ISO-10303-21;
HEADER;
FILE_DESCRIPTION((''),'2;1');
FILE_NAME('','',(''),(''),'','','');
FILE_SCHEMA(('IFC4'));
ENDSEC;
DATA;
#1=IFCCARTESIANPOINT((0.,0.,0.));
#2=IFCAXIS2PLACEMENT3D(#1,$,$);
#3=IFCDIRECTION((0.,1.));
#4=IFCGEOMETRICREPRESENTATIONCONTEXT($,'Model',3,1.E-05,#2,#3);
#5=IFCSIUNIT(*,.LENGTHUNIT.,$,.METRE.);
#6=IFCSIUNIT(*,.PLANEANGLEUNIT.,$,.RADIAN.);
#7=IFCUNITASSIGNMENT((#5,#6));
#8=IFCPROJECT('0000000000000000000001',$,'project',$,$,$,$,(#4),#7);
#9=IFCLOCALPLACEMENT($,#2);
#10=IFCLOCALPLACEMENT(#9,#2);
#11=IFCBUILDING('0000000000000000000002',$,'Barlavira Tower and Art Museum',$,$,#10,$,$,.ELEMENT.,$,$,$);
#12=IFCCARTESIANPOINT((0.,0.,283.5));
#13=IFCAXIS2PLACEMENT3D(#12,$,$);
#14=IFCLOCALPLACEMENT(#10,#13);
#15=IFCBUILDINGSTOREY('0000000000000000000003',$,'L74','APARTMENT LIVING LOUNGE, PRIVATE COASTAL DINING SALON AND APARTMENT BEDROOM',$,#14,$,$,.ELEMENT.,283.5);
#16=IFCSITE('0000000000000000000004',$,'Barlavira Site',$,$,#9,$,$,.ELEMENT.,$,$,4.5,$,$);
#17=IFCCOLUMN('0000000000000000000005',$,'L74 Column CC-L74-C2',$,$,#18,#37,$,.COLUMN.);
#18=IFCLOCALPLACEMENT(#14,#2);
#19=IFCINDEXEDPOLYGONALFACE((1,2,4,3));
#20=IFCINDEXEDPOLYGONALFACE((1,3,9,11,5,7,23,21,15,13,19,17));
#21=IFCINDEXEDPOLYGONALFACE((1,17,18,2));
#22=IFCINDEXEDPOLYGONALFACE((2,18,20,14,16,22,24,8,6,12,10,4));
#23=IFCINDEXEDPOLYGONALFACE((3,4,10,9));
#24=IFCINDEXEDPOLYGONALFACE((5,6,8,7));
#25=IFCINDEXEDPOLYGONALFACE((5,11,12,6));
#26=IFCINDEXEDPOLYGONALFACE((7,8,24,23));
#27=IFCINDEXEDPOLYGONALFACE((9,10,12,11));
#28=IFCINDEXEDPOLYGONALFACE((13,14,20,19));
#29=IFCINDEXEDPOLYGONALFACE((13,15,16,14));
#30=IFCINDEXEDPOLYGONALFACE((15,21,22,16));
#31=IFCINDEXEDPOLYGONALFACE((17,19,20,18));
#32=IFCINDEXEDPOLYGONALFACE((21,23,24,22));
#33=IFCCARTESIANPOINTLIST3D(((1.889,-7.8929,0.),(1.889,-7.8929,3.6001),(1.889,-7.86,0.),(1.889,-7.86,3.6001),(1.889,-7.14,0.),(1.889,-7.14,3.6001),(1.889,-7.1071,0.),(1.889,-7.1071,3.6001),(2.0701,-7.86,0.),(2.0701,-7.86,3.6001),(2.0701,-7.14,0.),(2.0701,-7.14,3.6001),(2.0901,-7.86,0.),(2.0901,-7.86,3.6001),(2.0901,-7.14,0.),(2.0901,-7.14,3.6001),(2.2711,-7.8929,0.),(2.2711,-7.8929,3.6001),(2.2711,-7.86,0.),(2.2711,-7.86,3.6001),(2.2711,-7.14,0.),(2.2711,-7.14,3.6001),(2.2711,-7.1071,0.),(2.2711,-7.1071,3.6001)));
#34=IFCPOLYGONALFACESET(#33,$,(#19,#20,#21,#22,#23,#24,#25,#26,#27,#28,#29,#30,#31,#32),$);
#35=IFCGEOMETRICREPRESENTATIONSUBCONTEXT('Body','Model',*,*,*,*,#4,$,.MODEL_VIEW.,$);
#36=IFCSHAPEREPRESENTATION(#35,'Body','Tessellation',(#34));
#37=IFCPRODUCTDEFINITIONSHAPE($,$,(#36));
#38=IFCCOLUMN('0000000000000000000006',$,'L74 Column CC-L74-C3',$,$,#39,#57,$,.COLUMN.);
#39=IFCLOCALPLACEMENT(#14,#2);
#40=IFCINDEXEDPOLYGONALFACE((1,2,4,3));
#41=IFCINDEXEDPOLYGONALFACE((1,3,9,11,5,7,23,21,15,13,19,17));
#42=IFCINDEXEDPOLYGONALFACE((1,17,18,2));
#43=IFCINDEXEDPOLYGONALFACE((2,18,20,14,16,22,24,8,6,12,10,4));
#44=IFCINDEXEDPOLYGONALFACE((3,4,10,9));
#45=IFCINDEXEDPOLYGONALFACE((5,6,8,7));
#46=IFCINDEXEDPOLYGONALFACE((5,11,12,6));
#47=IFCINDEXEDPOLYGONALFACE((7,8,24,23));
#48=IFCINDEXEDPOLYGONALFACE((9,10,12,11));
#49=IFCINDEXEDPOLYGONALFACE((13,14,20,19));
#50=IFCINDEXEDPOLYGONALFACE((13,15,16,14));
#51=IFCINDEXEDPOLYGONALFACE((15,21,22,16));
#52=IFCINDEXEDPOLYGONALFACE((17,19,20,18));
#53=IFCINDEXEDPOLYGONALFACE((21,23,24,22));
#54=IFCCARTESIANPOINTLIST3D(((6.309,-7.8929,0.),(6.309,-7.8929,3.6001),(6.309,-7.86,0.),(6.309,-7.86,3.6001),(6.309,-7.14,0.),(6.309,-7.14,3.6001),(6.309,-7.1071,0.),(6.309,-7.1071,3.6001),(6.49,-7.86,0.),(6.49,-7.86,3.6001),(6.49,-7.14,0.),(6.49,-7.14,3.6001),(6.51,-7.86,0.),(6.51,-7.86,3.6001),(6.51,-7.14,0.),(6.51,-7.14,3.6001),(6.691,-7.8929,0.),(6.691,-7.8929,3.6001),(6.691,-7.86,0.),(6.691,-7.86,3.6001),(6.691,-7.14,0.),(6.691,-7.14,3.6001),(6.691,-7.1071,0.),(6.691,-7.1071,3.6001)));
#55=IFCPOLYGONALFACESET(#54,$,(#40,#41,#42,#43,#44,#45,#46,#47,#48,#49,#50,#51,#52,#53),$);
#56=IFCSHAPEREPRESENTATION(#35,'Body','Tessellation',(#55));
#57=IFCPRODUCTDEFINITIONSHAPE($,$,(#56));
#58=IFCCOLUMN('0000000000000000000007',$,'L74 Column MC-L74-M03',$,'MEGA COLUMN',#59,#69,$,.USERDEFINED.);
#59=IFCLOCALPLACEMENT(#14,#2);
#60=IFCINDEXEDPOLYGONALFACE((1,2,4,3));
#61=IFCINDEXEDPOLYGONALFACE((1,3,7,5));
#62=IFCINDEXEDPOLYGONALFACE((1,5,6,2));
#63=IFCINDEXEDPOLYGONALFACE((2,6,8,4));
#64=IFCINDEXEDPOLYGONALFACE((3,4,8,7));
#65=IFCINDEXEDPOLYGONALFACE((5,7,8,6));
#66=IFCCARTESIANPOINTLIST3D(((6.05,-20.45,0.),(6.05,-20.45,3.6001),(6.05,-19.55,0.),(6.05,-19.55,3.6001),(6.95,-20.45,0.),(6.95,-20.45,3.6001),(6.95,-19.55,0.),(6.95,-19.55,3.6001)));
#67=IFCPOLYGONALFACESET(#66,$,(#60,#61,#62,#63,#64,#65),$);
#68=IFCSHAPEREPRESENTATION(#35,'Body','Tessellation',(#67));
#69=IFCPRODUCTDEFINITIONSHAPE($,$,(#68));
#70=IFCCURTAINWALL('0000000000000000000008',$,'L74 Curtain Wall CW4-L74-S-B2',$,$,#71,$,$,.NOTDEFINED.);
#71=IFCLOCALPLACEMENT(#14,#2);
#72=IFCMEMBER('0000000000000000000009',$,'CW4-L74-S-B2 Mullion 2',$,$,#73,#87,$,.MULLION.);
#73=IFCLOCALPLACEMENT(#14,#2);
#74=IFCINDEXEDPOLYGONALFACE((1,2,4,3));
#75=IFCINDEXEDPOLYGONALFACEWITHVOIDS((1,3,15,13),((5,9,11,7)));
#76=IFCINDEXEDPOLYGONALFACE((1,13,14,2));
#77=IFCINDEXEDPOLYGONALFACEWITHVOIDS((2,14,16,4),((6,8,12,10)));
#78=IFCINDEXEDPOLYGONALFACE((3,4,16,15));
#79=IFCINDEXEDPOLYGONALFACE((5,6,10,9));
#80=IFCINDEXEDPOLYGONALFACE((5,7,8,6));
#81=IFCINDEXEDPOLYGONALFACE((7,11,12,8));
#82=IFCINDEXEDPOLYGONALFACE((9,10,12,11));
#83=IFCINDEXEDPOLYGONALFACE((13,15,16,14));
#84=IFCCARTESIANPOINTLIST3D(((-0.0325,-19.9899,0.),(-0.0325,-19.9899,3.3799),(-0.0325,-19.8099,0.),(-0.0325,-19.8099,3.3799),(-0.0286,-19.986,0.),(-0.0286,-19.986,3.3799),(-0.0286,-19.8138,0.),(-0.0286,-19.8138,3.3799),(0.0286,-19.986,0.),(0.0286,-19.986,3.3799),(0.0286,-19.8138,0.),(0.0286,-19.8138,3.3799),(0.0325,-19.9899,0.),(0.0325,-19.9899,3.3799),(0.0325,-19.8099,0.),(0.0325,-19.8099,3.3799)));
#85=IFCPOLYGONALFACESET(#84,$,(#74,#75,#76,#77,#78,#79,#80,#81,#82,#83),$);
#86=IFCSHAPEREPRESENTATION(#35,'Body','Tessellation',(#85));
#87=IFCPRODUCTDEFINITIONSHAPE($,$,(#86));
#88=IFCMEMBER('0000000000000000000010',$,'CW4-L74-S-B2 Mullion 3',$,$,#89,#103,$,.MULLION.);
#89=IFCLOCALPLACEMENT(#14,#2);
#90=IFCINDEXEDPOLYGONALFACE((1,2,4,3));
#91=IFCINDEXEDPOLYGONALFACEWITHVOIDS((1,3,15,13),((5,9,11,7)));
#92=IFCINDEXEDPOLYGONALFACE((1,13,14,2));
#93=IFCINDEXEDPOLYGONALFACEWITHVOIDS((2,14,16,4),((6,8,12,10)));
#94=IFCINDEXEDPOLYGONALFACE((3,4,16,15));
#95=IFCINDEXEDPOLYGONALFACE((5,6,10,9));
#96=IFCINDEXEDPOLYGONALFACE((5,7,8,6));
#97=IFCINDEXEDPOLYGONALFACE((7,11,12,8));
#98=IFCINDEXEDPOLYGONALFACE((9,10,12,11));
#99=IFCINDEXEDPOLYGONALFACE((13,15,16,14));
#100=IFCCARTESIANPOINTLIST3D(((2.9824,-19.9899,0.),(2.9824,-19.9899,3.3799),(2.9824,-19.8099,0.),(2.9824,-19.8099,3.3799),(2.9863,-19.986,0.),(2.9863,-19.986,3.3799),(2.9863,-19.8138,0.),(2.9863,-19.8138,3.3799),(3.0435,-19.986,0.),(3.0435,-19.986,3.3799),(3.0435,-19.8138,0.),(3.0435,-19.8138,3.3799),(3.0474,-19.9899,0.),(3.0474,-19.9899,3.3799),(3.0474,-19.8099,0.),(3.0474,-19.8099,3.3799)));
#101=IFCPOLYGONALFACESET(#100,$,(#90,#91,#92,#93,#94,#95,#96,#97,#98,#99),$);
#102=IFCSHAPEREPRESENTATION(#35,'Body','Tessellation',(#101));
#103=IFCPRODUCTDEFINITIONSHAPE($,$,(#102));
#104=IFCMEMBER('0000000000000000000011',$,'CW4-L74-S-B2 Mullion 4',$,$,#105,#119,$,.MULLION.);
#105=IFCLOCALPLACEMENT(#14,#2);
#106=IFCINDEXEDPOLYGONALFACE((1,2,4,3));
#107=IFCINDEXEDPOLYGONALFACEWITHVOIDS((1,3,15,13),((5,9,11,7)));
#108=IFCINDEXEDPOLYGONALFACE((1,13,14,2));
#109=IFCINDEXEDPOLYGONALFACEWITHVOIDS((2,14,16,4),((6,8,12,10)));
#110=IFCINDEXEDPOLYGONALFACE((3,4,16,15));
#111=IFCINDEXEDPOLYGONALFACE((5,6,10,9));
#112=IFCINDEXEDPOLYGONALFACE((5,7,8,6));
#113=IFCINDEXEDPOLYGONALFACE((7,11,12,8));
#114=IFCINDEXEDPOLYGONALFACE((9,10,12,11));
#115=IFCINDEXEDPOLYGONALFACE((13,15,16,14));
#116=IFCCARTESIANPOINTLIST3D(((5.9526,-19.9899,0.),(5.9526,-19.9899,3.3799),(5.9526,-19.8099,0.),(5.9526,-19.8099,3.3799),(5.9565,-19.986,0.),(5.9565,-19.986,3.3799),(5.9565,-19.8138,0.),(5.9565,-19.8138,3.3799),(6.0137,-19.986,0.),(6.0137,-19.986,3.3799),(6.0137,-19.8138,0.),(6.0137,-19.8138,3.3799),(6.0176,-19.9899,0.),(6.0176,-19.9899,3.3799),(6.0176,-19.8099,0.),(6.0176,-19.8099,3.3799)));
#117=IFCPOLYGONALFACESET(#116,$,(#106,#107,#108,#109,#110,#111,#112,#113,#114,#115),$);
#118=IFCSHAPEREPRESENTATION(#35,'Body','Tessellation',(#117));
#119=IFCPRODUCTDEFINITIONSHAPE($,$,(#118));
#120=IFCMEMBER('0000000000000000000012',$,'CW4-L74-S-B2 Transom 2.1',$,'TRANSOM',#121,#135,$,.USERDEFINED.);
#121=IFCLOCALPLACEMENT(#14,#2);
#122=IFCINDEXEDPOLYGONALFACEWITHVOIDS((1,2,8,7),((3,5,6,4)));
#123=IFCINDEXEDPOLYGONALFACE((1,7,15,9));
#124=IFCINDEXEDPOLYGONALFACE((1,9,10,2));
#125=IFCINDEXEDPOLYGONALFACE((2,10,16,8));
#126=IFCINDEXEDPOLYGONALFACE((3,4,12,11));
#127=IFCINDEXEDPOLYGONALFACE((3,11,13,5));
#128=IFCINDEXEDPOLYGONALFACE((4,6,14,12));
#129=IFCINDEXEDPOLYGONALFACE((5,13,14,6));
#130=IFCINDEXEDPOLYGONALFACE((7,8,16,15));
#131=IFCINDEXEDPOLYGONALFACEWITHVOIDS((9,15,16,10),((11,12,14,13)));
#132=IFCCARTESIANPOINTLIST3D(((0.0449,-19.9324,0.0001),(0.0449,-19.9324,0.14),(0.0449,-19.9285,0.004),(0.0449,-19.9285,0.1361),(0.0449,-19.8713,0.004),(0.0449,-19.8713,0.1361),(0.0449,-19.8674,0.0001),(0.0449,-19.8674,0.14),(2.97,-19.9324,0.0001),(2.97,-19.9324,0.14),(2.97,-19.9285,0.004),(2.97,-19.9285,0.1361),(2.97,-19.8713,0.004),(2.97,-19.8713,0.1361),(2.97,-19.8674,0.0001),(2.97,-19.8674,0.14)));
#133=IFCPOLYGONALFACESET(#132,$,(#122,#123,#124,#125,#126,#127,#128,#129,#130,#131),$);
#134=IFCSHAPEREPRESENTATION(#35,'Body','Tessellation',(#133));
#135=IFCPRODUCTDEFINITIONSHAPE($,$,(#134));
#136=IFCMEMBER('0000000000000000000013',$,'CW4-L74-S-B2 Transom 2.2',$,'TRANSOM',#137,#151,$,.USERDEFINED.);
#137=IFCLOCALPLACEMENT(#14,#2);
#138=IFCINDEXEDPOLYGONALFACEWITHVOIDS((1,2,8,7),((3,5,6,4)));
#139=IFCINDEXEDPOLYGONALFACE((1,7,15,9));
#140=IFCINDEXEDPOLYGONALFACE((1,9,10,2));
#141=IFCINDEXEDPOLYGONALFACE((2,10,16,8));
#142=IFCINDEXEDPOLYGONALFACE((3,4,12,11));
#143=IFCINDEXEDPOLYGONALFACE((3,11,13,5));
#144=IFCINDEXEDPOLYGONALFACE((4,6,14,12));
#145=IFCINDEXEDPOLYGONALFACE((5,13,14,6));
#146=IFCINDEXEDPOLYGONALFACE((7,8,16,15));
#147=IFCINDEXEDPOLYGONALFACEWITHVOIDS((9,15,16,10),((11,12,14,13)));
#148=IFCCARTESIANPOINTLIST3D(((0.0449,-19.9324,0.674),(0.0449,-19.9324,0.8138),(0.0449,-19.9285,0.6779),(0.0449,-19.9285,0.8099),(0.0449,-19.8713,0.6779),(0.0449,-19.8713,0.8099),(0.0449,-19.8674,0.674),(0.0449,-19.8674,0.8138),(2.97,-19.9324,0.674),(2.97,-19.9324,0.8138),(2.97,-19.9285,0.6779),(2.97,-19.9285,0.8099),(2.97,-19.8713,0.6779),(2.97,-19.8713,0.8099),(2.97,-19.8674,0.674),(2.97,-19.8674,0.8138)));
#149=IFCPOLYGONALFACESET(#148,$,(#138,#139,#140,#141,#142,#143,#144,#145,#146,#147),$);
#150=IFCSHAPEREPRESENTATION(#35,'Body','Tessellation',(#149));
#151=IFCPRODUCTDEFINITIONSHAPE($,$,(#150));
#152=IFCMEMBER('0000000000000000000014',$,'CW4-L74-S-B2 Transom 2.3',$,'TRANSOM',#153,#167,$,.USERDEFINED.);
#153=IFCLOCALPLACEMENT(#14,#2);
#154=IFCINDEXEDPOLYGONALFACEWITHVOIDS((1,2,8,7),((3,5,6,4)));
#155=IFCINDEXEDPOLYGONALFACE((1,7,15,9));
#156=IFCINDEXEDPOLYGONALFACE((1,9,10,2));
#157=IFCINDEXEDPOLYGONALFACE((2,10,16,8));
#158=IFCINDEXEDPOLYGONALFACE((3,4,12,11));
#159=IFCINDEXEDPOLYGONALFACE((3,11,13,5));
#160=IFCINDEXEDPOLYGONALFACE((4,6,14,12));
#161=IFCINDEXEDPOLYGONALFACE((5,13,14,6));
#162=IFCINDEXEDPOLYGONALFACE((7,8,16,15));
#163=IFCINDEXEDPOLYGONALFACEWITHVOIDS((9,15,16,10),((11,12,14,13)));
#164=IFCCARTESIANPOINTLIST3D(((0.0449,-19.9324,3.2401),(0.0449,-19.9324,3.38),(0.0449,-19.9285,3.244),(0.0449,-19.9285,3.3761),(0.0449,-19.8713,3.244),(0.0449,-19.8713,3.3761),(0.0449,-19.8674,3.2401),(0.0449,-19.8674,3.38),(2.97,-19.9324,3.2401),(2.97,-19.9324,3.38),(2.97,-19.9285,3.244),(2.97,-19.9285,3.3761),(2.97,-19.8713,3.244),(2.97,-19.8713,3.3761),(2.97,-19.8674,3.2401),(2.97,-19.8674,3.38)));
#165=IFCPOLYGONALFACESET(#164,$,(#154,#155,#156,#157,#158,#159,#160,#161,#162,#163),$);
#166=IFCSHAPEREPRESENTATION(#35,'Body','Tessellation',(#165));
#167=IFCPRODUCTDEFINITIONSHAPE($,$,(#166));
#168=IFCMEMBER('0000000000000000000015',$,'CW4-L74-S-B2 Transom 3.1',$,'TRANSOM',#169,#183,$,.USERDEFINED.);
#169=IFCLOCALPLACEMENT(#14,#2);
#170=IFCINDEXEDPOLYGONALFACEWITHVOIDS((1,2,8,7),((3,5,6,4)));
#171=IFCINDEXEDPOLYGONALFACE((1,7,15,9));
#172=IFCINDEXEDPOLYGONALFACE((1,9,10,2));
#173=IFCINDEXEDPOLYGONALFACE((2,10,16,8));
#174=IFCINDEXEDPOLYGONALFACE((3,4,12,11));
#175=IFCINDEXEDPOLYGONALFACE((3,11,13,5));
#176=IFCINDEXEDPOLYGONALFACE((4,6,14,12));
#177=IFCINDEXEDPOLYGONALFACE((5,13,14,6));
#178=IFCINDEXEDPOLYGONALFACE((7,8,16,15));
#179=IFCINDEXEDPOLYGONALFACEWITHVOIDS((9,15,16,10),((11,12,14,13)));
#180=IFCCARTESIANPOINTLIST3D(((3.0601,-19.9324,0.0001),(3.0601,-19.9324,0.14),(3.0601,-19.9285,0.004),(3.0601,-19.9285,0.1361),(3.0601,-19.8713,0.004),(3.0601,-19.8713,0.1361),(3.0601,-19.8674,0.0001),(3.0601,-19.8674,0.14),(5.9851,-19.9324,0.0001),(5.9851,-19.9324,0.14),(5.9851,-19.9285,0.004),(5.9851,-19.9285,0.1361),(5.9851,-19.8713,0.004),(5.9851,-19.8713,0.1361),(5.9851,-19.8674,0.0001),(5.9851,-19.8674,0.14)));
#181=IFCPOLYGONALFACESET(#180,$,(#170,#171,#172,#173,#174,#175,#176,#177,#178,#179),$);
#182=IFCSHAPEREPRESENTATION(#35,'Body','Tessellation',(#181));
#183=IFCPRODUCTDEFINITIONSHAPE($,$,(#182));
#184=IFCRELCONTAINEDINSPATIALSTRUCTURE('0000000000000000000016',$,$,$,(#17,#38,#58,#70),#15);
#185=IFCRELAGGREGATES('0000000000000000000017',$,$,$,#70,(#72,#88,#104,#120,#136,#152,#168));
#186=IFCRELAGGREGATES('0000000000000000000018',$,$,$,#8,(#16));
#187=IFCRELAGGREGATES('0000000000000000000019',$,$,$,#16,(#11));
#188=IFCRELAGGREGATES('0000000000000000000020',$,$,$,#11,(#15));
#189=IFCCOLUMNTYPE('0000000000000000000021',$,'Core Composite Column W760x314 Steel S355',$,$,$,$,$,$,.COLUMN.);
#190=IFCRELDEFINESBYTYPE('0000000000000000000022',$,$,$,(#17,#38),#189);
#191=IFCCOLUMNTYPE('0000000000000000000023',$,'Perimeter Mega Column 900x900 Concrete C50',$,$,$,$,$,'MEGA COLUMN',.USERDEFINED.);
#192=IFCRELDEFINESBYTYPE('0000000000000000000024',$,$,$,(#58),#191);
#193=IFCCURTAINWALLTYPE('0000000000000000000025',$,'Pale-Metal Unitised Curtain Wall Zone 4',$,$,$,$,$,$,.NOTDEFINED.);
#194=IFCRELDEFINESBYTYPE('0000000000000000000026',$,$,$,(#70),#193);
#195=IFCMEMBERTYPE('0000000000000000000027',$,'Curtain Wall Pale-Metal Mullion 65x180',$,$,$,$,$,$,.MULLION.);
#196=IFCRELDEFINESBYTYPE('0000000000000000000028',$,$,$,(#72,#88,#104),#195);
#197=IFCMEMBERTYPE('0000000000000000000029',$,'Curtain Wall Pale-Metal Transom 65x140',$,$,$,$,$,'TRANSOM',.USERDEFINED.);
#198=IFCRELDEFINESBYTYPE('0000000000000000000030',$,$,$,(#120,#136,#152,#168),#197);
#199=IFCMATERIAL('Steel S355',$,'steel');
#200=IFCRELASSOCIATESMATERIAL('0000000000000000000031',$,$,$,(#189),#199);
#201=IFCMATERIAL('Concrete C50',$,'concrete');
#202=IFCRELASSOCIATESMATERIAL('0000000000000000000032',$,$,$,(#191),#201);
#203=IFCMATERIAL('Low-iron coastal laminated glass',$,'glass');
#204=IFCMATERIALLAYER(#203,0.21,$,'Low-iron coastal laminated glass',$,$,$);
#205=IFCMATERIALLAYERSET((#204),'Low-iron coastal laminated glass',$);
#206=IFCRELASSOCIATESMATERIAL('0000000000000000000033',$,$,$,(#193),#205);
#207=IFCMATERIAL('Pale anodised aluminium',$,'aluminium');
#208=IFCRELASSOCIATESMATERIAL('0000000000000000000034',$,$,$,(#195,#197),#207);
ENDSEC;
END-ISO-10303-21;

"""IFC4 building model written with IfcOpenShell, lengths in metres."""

from ifc_helpers import new_model, si_unit, direction, frame, origin, origin_2d, place, context, subcontext, project, spatial, rectangle, hollow_rectangle, i_section, extrude, material, layer, layer_set, material_profile, profile_set, type_object, element, aggregate, save


model = new_model("IFC4")

# Units and contexts
model_context = context("Model", 3, precision=1e-05, world=origin(), true_north=direction((0.0, 1.0)))
body_context = subcontext(model_context, "Body", "Model", "MODEL_VIEW")
ifc_project = project(units=[si_unit("LENGTHUNIT", "METRE"), si_unit("PLANEANGLEUNIT", "RADIAN")], contexts=[model_context])

# Site, building, storey
site_placement = place(None, origin())
site = spatial("IfcSite", under=ifc_project, at=site_placement, Name="Barlavira Site", CompositionType="ELEMENT", RefElevation=4.5)
building_placement = place(site_placement, origin())
building = spatial("IfcBuilding", under=site, at=building_placement, Name="Barlavira Tower and Art Museum", CompositionType="ELEMENT")
storey_placement = place(building_placement, frame((0.0, 0.0, 283.5)))
storey = spatial("IfcBuildingStorey", under=building, at=storey_placement, Name="L74", Description="APARTMENT LIVING LOUNGE, PRIVATE COASTAL DINING SALON AND APARTMENT BEDROOM", CompositionType="ELEMENT", Elevation=283.5)

# Columns
ifc_material_1 = material(Name="Steel S355", Category="steel")
ifc_material_profile_1 = material_profile(ifc_material_1, i_section(OverallWidth=0.3821, OverallDepth=0.7859, WebThickness=0.02, FlangeThickness=0.033, at=origin_2d()), Name="W760x314.0")
ifc_profile_set_1 = profile_set([ifc_material_profile_1], Name="Steel S355")
column_type_1 = type_object("IfcColumnType", Name="Core Composite Column W760x314 Steel S355", PredefinedType="COLUMN", material=ifc_profile_set_1)
for number, where, z_axis, x_axis, name in (
    (1, (2.0801, -7.5, 0.0), (0.0, 0.0, 1.0), (1.0, 0.0, 0.0), "L74 Column CC-L74-C2"),
    (2, (6.5, -7.5, 0.0), (0.0, 0.0, 1.0), (1.0, 0.0, 0.0), "L74 Column CC-L74-C3"),
):
    element("IfcColumn", number, at=place(storey_placement, frame(where, z_axis=z_axis, x_axis=x_axis)), inside=storey, type_object=column_type_1, Name=name, PredefinedType="COLUMN", context=body_context, shape_type="SweptSolid", body=[
        extrude(i_section(OverallWidth=0.3821, OverallDepth=0.7859, WebThickness=0.02, FlangeThickness=0.033, at=origin_2d()), origin(), (0.0, 0.0, 1.0), 3.6001),
    ])
ifc_material_2 = material(Name="Concrete C50", Category="concrete")
ifc_material_profile_2 = material_profile(ifc_material_2, rectangle(XDim=0.8999, YDim=0.8999, at=origin_2d()), Name="RC-COL 900x900")
ifc_profile_set_2 = profile_set([ifc_material_profile_2], Name="Concrete C50")
column_type_2 = type_object("IfcColumnType", Name="Perimeter Mega Column 900x900 Concrete C50", ElementType="MEGA COLUMN", PredefinedType="USERDEFINED", material=ifc_profile_set_2)
column_placement = place(storey_placement, frame((6.5, -20.0, 0.0), z_axis=(0.0, 0.0, 1.0), x_axis=(1.0, 0.0, 0.0)))
element("IfcColumn", 3, at=column_placement, inside=storey, type_object=column_type_2, Name="L74 Column MC-L74-M03", ObjectType="MEGA COLUMN", PredefinedType="USERDEFINED", context=body_context, shape_type="SweptSolid", body=[
    extrude(rectangle(XDim=0.8999, YDim=0.8999, at=origin_2d()), origin(), (0.0, 0.0, 1.0), 3.6001),
])

# Curtain wall, members
ifc_material_3 = material(Name="Low-iron coastal laminated glass", Category="glass")
ifc_layer_1 = layer(ifc_material_3, 0.21, Name="Low-iron coastal laminated glass")
ifc_layer_set_1 = layer_set([ifc_layer_1], Name="Low-iron coastal laminated glass")
curtain_wall_type = type_object("IfcCurtainWallType", Name="Pale-Metal Unitised Curtain Wall Zone 4", PredefinedType="NOTDEFINED", material=ifc_layer_set_1)
curtain_wall_placement = place(storey_placement, origin())
curtain_wall = element("IfcCurtainWall", 4, at=curtain_wall_placement, inside=storey, type_object=curtain_wall_type, Name="L74 Curtain Wall CW4-L74-S-B2", PredefinedType="NOTDEFINED")
ifc_material_4 = material(Name="Pale anodised aluminium", Category="aluminium")
ifc_material_profile_3 = material_profile(ifc_material_4, hollow_rectangle(XDim=0.0649, YDim=0.1799, WallThickness=0.0039, at=origin_2d()), Name="ALU-MULL 65x180x4")
ifc_profile_set_3 = profile_set([ifc_material_profile_3], Name="Pale anodised aluminium")
member_type_1 = type_object("IfcMemberType", Name="Curtain Wall Pale-Metal Mullion 65x180", PredefinedType="MULLION", material=ifc_profile_set_3)
member_1_placement = place(storey_placement, frame((0.0, -19.8999, 0.0), z_axis=(0.0, 0.0, 1.0), x_axis=(1.0, 0.0, 0.0)))
member_1 = element("IfcMember", 5, at=member_1_placement, type_object=member_type_1, Name="CW4-L74-S-B2 Mullion 2", PredefinedType="MULLION", context=body_context, shape_type="SweptSolid", body=[
    extrude(hollow_rectangle(XDim=0.0649, YDim=0.1799, WallThickness=0.0039, at=origin_2d()), origin(), (0.0, 0.0, 1.0), 3.3799),
])
member_2_placement = place(storey_placement, frame((3.0149, -19.8999, 0.0), z_axis=(0.0, 0.0, 1.0), x_axis=(1.0, 0.0, 0.0)))
member_2 = element("IfcMember", 6, at=member_2_placement, type_object=member_type_1, Name="CW4-L74-S-B2 Mullion 3", PredefinedType="MULLION", context=body_context, shape_type="SweptSolid", body=[
    extrude(hollow_rectangle(XDim=0.0649, YDim=0.1799, WallThickness=0.0039, at=origin_2d()), origin(), (0.0, 0.0, 1.0), 3.3799),
])
member_3_placement = place(storey_placement, frame((5.9851, -19.8999, 0.0), z_axis=(0.0, 0.0, 1.0), x_axis=(1.0, 0.0, 0.0)))
member_3 = element("IfcMember", 7, at=member_3_placement, type_object=member_type_1, Name="CW4-L74-S-B2 Mullion 4", PredefinedType="MULLION", context=body_context, shape_type="SweptSolid", body=[
    extrude(hollow_rectangle(XDim=0.0649, YDim=0.1799, WallThickness=0.0039, at=origin_2d()), origin(), (0.0, 0.0, 1.0), 3.3799),
])
ifc_material_profile_4 = material_profile(ifc_material_4, hollow_rectangle(XDim=0.0649, YDim=0.1399, WallThickness=0.0039, at=origin_2d()), Name="ALU-TRAN 65x140x4")
ifc_profile_set_4 = profile_set([ifc_material_profile_4], Name="Pale anodised aluminium")
member_type_2 = type_object("IfcMemberType", Name="Curtain Wall Pale-Metal Transom 65x140", ElementType="TRANSOM", PredefinedType="USERDEFINED", material=ifc_profile_set_4)
member_4_placement = place(storey_placement, frame((0.0449, -19.8999, 0.0701), z_axis=(1.0, 0.0, 0.0), x_axis=(0.0, 1.0, 0.0)))
member_4 = element("IfcMember", 8, at=member_4_placement, type_object=member_type_2, Name="CW4-L74-S-B2 Transom 2.1", ObjectType="TRANSOM", PredefinedType="USERDEFINED", context=body_context, shape_type="SweptSolid", body=[
    extrude(hollow_rectangle(XDim=0.0649, YDim=0.1399, WallThickness=0.0039, at=origin_2d()), origin(), (0.0, 0.0, 1.0), 2.925),
])
member_5_placement = place(storey_placement, frame((0.0449, -19.8999, 0.7439), z_axis=(1.0, 0.0, 0.0), x_axis=(0.0, 1.0, 0.0)))
member_5 = element("IfcMember", 9, at=member_5_placement, type_object=member_type_2, Name="CW4-L74-S-B2 Transom 2.2", ObjectType="TRANSOM", PredefinedType="USERDEFINED", context=body_context, shape_type="SweptSolid", body=[
    extrude(hollow_rectangle(XDim=0.0649, YDim=0.1399, WallThickness=0.0039, at=origin_2d()), origin(), (0.0, 0.0, 1.0), 2.925),
])
member_6_placement = place(storey_placement, frame((0.0449, -19.8999, 3.3101), z_axis=(1.0, 0.0, 0.0), x_axis=(0.0, 1.0, 0.0)))
member_6 = element("IfcMember", 10, at=member_6_placement, type_object=member_type_2, Name="CW4-L74-S-B2 Transom 2.3", ObjectType="TRANSOM", PredefinedType="USERDEFINED", context=body_context, shape_type="SweptSolid", body=[
    extrude(hollow_rectangle(XDim=0.0649, YDim=0.1399, WallThickness=0.0039, at=origin_2d()), origin(), (0.0, 0.0, 1.0), 2.925),
])
member_7_placement = place(storey_placement, frame((3.0601, -19.8999, 0.0701), z_axis=(1.0, 0.0, 0.0), x_axis=(0.0, 1.0, 0.0)))
member_7 = element("IfcMember", 11, at=member_7_placement, type_object=member_type_2, Name="CW4-L74-S-B2 Transom 3.1", ObjectType="TRANSOM", PredefinedType="USERDEFINED", context=body_context, shape_type="SweptSolid", body=[
    extrude(hollow_rectangle(XDim=0.0649, YDim=0.1399, WallThickness=0.0039, at=origin_2d()), origin(), (0.0, 0.0, 1.0), 2.925),
])

aggregate(curtain_wall, [member_1, member_2, member_3, member_4, member_5, member_6, member_7])

save(model, "model.ifc")
